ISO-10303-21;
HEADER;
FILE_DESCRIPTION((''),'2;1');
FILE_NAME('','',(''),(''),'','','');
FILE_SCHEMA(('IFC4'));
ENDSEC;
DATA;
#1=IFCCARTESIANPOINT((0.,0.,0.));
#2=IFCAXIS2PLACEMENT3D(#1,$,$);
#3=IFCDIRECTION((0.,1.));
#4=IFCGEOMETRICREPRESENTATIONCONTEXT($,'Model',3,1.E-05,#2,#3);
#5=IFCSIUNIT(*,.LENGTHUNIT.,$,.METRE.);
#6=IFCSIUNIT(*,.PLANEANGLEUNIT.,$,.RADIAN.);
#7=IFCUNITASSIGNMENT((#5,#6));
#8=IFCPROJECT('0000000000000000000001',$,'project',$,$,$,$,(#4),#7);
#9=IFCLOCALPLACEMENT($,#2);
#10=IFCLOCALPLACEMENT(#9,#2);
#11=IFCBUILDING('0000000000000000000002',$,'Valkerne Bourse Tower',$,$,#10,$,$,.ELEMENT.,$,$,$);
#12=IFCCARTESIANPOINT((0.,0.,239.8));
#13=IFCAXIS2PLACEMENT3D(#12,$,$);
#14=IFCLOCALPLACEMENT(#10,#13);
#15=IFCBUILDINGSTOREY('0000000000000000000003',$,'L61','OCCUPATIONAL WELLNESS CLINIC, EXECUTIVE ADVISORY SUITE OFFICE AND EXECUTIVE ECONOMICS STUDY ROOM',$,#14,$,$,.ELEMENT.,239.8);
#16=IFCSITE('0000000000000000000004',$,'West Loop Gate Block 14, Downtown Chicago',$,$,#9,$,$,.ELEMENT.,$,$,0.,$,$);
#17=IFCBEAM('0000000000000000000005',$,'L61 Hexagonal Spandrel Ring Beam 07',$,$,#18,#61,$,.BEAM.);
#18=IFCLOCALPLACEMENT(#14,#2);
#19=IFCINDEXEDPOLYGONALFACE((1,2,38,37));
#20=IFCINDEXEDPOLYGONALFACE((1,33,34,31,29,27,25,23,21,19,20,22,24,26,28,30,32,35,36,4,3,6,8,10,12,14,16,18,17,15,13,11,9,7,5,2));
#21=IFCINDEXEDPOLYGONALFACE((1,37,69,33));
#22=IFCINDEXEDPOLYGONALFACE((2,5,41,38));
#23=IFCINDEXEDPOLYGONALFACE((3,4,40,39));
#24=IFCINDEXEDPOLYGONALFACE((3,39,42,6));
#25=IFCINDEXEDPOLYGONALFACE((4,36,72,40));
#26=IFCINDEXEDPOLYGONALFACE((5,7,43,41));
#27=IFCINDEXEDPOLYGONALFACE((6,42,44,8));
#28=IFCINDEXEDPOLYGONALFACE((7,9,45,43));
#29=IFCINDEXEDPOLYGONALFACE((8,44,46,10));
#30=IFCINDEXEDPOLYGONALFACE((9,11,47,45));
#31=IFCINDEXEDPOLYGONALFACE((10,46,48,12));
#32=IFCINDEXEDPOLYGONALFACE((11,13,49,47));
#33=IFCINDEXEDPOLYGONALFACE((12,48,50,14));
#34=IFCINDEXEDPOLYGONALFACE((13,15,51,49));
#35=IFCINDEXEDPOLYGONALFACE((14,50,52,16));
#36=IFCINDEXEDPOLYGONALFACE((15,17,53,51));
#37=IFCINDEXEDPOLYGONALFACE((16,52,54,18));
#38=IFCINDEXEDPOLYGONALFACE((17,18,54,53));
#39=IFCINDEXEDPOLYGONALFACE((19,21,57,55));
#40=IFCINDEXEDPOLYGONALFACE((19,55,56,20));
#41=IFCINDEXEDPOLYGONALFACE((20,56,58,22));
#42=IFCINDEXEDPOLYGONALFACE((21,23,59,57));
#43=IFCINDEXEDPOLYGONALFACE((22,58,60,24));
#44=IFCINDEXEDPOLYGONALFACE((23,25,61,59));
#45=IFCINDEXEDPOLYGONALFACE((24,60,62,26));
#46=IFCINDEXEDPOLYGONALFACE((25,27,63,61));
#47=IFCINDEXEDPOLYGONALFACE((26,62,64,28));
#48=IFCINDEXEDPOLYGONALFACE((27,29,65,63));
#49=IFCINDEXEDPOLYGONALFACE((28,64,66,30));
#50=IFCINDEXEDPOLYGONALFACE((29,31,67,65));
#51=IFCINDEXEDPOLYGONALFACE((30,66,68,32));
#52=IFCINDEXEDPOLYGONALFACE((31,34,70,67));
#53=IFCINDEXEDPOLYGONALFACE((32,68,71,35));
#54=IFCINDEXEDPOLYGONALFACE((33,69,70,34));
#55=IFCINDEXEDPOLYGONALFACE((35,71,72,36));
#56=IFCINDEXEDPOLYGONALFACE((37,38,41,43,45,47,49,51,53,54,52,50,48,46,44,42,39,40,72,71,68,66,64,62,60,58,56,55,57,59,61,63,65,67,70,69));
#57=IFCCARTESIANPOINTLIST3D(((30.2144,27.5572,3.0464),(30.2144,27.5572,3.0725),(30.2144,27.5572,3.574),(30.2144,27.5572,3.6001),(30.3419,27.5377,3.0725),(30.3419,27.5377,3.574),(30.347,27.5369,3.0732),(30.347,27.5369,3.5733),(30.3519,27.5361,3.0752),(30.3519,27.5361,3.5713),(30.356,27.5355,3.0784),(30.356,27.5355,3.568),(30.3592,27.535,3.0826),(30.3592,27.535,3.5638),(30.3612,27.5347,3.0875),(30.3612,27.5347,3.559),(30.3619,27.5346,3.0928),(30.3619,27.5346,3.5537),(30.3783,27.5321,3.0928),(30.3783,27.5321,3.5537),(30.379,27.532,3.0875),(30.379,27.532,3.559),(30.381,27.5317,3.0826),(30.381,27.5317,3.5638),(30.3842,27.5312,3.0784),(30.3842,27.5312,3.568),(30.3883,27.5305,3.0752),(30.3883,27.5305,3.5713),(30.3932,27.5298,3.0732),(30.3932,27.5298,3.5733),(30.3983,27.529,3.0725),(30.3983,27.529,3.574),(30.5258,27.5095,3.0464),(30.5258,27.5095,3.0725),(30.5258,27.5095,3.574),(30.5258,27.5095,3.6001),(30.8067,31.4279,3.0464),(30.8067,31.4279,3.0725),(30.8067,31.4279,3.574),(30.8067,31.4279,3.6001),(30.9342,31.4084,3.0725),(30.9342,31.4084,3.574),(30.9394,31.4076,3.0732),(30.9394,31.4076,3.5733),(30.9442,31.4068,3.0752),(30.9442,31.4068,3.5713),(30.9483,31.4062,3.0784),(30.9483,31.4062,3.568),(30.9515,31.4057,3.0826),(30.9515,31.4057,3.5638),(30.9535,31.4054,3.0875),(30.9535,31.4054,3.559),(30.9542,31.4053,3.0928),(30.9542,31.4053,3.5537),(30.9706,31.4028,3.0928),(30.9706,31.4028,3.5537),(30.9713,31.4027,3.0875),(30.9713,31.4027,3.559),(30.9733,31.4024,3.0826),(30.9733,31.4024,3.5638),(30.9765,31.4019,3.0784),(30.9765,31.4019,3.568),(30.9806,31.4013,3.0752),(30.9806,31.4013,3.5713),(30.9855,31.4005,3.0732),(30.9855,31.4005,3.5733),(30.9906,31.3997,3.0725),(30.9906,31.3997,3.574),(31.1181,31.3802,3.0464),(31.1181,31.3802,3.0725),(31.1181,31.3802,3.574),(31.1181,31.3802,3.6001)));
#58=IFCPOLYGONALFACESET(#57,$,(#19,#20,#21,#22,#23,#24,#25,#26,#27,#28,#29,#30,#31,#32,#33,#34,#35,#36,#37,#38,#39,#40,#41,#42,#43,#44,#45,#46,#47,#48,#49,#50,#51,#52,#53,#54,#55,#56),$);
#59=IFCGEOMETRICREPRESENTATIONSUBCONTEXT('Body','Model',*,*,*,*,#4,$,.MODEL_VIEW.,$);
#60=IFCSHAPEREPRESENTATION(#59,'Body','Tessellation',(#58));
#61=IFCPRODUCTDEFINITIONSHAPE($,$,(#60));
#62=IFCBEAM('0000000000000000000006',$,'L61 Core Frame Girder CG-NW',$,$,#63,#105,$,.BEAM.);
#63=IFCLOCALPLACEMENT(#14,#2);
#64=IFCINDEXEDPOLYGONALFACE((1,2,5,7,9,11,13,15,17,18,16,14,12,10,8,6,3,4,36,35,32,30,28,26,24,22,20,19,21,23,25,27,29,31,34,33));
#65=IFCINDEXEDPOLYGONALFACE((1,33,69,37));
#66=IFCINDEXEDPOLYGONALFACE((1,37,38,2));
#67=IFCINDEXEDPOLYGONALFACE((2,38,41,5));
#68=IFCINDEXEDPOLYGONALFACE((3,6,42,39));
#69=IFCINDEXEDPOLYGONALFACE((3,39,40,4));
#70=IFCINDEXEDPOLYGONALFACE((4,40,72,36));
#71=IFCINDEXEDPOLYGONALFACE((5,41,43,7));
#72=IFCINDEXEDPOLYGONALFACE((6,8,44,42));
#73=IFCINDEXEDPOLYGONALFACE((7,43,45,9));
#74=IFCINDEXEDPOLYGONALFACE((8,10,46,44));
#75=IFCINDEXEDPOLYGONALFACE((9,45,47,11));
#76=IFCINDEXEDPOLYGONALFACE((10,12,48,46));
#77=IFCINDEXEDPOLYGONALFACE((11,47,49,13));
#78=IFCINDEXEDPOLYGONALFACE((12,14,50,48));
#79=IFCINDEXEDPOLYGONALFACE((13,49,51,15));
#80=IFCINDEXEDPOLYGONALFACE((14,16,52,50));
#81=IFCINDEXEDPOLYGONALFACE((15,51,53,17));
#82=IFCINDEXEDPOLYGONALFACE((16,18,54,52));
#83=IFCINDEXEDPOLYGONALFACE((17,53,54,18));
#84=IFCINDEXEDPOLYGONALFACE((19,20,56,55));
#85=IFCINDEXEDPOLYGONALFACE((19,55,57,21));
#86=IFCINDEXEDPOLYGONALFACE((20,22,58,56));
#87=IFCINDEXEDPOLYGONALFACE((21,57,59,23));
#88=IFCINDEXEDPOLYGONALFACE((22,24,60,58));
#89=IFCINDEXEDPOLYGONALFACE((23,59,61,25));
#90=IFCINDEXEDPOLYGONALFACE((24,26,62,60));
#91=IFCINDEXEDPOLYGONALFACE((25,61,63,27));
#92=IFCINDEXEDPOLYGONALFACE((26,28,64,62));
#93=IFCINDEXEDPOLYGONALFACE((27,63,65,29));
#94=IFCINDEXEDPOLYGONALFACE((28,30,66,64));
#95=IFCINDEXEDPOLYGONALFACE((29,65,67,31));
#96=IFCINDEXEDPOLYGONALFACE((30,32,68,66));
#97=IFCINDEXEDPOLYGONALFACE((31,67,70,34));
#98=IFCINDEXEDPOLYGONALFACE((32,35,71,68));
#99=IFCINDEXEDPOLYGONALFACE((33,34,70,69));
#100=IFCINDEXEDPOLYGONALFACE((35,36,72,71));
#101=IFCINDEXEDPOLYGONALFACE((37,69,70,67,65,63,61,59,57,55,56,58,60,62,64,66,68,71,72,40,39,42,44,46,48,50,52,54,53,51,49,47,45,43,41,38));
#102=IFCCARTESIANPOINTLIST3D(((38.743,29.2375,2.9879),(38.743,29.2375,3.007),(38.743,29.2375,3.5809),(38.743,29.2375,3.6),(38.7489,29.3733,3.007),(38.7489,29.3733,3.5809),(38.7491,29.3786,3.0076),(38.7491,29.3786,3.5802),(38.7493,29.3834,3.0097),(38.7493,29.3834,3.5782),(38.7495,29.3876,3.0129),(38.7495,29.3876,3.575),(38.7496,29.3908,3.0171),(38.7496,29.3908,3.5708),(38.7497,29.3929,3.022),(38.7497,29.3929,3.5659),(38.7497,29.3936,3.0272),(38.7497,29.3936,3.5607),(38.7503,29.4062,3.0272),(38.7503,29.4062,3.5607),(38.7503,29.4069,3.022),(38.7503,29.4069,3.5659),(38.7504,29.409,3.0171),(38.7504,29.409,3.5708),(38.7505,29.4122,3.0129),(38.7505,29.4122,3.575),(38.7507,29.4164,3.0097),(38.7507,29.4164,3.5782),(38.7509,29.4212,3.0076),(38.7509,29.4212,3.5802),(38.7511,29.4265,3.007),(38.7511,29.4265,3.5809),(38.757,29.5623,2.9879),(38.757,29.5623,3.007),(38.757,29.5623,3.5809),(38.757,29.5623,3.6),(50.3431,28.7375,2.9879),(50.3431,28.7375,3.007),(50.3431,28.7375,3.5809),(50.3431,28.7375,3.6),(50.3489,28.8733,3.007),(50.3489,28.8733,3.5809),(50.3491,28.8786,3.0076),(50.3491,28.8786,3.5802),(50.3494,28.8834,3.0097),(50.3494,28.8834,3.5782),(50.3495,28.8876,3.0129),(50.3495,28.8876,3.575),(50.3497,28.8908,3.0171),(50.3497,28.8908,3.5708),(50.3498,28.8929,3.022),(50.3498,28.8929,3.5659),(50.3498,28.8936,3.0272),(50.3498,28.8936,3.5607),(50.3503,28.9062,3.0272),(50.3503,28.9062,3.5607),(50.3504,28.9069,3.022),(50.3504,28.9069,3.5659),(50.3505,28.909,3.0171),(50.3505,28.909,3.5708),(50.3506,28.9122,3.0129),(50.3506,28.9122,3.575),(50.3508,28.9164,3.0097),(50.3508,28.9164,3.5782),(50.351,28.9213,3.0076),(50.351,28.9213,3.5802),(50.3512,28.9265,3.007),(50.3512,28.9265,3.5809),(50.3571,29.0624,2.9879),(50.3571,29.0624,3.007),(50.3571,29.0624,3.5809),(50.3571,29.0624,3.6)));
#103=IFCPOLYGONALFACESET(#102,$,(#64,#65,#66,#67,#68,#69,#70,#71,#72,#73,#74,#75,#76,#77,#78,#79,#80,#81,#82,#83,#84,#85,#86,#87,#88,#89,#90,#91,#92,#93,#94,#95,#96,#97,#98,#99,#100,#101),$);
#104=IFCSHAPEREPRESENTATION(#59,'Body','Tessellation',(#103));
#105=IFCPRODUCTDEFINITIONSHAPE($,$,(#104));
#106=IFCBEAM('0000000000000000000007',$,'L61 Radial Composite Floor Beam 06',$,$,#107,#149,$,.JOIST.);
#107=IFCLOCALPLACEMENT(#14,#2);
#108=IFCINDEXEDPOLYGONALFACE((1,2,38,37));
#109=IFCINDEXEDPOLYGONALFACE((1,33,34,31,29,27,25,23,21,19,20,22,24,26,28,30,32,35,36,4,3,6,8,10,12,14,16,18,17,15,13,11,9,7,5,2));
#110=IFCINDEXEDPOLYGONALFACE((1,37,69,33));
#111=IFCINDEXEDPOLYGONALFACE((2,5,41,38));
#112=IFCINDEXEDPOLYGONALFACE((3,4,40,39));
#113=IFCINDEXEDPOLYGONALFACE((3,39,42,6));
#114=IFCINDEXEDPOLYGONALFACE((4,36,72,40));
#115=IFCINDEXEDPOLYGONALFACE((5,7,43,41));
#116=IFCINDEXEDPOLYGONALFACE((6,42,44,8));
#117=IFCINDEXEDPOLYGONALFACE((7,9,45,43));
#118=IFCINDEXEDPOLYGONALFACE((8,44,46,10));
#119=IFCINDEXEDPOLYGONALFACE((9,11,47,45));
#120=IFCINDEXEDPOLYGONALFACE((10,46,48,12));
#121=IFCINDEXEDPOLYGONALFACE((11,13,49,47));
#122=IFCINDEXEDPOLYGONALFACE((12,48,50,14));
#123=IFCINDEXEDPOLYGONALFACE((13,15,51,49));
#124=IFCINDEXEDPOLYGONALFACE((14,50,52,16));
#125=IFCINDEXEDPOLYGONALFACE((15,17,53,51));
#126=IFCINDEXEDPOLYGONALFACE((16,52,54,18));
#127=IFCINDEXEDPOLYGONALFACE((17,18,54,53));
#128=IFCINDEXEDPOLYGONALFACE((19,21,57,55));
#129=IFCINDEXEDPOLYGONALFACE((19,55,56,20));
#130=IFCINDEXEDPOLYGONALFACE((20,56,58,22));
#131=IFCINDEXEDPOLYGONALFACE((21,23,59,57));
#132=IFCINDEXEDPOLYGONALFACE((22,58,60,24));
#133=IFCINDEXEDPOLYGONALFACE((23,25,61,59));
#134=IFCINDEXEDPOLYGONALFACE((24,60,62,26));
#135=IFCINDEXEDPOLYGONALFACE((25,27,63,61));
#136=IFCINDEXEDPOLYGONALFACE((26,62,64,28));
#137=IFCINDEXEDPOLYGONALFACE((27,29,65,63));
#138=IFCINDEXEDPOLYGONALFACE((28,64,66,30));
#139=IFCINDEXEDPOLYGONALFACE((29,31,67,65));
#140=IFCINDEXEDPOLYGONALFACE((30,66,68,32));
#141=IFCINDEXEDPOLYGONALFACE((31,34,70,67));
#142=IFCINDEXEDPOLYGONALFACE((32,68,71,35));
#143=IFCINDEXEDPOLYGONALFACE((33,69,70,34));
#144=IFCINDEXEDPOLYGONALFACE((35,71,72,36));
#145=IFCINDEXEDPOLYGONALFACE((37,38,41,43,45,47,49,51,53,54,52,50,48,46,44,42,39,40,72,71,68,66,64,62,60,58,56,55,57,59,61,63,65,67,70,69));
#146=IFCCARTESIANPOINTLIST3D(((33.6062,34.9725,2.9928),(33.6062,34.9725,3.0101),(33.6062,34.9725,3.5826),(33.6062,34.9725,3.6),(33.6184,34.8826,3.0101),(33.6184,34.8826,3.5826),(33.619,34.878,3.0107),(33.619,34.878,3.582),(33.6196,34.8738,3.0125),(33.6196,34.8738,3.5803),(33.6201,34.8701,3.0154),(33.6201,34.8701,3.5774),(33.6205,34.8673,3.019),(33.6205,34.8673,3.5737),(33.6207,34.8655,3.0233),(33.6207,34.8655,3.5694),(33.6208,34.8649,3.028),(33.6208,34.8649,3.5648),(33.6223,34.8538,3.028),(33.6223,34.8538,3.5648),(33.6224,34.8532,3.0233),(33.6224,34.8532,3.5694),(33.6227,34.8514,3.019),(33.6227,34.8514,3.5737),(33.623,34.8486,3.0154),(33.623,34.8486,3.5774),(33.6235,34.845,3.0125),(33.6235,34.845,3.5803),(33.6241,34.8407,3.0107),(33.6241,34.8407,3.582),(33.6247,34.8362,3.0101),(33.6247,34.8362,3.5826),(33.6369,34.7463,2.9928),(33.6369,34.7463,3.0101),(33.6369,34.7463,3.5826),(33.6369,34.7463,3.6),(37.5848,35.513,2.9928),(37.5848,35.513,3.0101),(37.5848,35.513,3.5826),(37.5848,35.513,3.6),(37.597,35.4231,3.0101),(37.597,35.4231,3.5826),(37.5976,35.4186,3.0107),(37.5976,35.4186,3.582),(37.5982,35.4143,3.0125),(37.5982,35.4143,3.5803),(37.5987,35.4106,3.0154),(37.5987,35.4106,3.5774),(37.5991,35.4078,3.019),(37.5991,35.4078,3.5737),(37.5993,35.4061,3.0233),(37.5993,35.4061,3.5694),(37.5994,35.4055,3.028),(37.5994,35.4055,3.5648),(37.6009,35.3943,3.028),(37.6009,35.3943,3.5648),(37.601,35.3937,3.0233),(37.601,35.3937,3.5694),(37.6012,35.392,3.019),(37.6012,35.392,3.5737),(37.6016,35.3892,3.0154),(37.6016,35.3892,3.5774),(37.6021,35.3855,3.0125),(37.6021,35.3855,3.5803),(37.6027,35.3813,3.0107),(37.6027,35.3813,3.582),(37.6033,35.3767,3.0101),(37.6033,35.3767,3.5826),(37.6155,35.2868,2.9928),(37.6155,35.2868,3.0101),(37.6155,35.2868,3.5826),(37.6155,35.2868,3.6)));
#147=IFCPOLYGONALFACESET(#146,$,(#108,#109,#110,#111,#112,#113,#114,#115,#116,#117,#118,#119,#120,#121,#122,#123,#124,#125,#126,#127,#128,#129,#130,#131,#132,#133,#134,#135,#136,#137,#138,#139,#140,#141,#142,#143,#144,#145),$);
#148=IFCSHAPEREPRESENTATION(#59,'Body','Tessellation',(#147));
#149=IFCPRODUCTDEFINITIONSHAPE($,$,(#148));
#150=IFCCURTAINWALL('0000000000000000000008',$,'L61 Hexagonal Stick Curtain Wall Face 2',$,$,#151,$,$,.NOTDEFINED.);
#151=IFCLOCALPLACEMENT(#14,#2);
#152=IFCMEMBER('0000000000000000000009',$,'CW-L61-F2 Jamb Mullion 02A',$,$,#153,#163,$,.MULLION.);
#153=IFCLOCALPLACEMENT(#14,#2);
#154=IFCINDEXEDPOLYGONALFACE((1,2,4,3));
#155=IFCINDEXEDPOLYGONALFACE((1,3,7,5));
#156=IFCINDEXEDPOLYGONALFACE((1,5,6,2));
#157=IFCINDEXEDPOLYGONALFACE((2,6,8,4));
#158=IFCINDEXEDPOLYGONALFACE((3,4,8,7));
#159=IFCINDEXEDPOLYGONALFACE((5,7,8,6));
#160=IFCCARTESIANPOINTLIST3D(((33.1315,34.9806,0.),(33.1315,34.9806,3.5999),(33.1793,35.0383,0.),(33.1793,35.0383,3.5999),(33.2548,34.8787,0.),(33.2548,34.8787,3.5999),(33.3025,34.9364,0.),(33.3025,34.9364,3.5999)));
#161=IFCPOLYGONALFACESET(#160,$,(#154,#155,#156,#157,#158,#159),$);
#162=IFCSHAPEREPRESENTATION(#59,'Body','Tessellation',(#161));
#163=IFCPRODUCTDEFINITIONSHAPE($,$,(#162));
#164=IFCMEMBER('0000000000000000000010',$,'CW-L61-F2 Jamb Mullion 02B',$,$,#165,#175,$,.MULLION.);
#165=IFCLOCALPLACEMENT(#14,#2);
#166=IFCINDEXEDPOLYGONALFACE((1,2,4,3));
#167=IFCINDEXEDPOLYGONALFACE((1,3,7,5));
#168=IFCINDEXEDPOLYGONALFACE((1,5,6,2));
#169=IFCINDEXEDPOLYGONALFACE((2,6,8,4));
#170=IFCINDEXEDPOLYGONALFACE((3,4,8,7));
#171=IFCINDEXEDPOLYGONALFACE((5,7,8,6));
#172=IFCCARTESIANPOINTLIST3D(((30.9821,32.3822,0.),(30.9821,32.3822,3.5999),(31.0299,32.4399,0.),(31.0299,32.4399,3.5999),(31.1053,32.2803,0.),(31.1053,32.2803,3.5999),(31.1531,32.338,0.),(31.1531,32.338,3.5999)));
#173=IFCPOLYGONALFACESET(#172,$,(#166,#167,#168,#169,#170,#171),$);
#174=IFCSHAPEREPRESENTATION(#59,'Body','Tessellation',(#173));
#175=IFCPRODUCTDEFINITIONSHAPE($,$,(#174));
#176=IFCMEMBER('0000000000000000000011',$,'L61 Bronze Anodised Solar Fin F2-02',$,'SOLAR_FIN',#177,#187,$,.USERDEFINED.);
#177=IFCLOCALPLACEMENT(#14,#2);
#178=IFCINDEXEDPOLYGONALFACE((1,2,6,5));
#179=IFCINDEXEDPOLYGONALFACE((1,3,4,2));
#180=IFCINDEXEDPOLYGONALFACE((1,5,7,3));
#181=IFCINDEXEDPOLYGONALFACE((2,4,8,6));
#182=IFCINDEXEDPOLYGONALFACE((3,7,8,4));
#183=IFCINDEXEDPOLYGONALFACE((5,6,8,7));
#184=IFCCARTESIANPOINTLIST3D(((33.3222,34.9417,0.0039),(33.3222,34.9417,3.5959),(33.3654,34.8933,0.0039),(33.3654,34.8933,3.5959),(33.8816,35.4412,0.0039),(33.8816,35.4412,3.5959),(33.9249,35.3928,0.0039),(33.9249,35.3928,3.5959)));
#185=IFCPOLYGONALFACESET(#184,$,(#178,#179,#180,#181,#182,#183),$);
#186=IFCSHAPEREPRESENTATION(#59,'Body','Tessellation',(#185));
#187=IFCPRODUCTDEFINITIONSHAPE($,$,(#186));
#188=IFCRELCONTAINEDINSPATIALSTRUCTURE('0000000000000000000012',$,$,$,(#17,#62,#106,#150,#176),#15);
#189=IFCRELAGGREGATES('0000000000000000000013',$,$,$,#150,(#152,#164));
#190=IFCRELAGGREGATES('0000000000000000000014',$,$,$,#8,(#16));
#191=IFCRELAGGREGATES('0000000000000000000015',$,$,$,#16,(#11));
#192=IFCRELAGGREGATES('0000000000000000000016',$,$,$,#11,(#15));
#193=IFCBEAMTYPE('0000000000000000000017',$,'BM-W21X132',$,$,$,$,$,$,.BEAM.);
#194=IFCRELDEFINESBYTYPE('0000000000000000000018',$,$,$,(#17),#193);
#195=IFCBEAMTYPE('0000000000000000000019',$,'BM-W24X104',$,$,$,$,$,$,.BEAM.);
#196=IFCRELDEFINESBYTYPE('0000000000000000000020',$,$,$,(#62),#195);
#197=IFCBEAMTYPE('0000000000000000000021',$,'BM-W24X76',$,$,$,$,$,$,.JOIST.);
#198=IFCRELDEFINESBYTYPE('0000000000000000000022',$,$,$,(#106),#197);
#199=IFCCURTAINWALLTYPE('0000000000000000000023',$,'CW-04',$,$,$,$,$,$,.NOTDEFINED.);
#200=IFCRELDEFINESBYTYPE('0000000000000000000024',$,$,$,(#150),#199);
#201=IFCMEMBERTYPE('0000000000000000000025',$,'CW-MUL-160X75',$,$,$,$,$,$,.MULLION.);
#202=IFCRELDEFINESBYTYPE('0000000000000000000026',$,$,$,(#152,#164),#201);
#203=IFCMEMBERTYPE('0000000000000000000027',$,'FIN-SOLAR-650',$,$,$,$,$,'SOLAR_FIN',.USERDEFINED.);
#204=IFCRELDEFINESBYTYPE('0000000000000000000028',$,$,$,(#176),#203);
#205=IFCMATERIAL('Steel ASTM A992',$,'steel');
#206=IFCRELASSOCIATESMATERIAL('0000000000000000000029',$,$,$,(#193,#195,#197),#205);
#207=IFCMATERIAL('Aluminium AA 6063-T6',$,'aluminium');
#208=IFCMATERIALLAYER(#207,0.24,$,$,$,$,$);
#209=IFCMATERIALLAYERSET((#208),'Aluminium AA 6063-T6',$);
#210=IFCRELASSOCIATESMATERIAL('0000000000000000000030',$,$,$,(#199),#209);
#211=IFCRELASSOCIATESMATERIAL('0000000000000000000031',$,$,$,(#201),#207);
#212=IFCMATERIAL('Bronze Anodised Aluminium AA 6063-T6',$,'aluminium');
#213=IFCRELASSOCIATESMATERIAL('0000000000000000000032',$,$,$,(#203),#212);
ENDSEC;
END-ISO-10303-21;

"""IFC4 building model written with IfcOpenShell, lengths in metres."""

from ifc_helpers import new_model, si_unit, direction, frame, origin, origin_2d, place, context, subcontext, project, spatial, rectangle, i_section, extrude, material, layer, layer_set, material_profile, profile_set, type_object, element, aggregate, save


model = new_model("IFC4")

# Units and contexts
model_context = context("Model", 3, precision=1e-05, world=origin(), true_north=direction((0.0, 1.0)))
body_context = subcontext(model_context, "Body", "Model", "MODEL_VIEW")
ifc_project = project(units=[si_unit("LENGTHUNIT", "METRE"), si_unit("PLANEANGLEUNIT", "RADIAN")], contexts=[model_context])

# Site, building, storey
site_placement = place(None, origin())
site = spatial("IfcSite", under=ifc_project, at=site_placement, Name="West Loop Gate Block 14, Downtown Chicago", CompositionType="ELEMENT", RefElevation=0.0)
building_placement = place(site_placement, origin())
building = spatial("IfcBuilding", under=site, at=building_placement, Name="Valkerne Bourse Tower", CompositionType="ELEMENT")
storey_placement = place(building_placement, frame((0.0, 0.0, 239.8)))
storey = spatial("IfcBuildingStorey", under=building, at=storey_placement, Name="L61", Description="OCCUPATIONAL WELLNESS CLINIC, EXECUTIVE ADVISORY SUITE OFFICE AND EXECUTIVE ECONOMICS STUDY ROOM", CompositionType="ELEMENT", Elevation=239.8)

# Beams
ifc_material_1 = material(Name="Steel ASTM A992", Category="steel")
ifc_material_profile_1 = material_profile(ifc_material_1, i_section(OverallWidth=0.3149, OverallDepth=0.5537, WebThickness=0.0166, FlangeThickness=0.0261, FilletRadius=0.0203, at=origin_2d()), Name="W21X132")
ifc_profile_set_1 = profile_set([ifc_material_profile_1], Name="Steel ASTM A992")
beam_type_1 = type_object("IfcBeamType", Name="BM-W21X132", PredefinedType="BEAM", material=ifc_profile_set_1)
beam_1_placement = place(storey_placement, frame((30.9624, 31.4041, 3.3232), z_axis=(-0.151261, -0.988494, 0.0), x_axis=(0.988494, -0.151261, 0.0)))
element("IfcBeam", 1, at=beam_1_placement, inside=storey, type_object=beam_type_1, Name="L61 Hexagonal Spandrel Ring Beam 07", PredefinedType="BEAM", context=body_context, shape_type="SweptSolid", body=[
    extrude(i_section(OverallWidth=0.3149, OverallDepth=0.5537, WebThickness=0.0166, FlangeThickness=0.0261, FilletRadius=0.0203, at=origin_2d()), origin(), (0.0, 0.0, 1.0), 3.9158),
])
ifc_material_profile_2 = material_profile(ifc_material_1, i_section(OverallWidth=0.3252, OverallDepth=0.6121, WebThickness=0.0127, FlangeThickness=0.019, FilletRadius=0.0203, at=origin_2d()), Name="W24X104")
ifc_profile_set_2 = profile_set([ifc_material_profile_2], Name="Steel ASTM A992")
beam_type_2 = type_object("IfcBeamType", Name="BM-W24X104", PredefinedType="BEAM", material=ifc_profile_set_2)
beam_2_placement = place(storey_placement, frame((38.75, 29.3999, 3.2939), z_axis=(0.999072, -0.043063, 0.0), x_axis=(0.043063, 0.999072, 0.0)))
element("IfcBeam", 2, at=beam_2_placement, inside=storey, type_object=beam_type_2, Name="L61 Core Frame Girder CG-NW", PredefinedType="BEAM", context=body_context, shape_type="SweptSolid", body=[
    extrude(i_section(OverallWidth=0.3252, OverallDepth=0.6121, WebThickness=0.0127, FlangeThickness=0.019, FilletRadius=0.0203, at=origin_2d()), origin(), (0.0, 0.0, 1.0), 11.6108),
])
ifc_material_profile_3 = material_profile(ifc_material_1, i_section(OverallWidth=0.2283, OverallDepth=0.6072, WebThickness=0.0112, FlangeThickness=0.0173, FilletRadius=0.0178, at=origin_2d()), Name="W24X76")
ifc_profile_set_3 = profile_set([ifc_material_profile_3], Name="Steel ASTM A992")
beam_type_3 = type_object("IfcBeamType", Name="BM-W24X76", PredefinedType="JOIST", material=ifc_profile_set_3)
beam_3_placement = place(storey_placement, frame((33.6216, 34.8594, 3.2964), z_axis=(0.990897, 0.134625, 0.0), x_axis=(-0.134625, 0.990897, 0.0)))
element("IfcBeam", 3, at=beam_3_placement, inside=storey, type_object=beam_type_3, Name="L61 Radial Composite Floor Beam 06", PredefinedType="JOIST", context=body_context, shape_type="SweptSolid", body=[
    extrude(i_section(OverallWidth=0.2283, OverallDepth=0.6072, WebThickness=0.0112, FlangeThickness=0.0173, FilletRadius=0.0178, at=origin_2d()), origin(), (0.0, 0.0, 1.0), 4.0151),
])

# Curtain wall, members
ifc_material_2 = material(Name="Aluminium AA 6063-T6", Category="aluminium")
ifc_layer_1 = layer(ifc_material_2, 0.24)
ifc_layer_set_1 = layer_set([ifc_layer_1], Name="Aluminium AA 6063-T6")
curtain_wall_type = type_object("IfcCurtainWallType", Name="CW-04", PredefinedType="NOTDEFINED", material=ifc_layer_set_1)
curtain_wall_placement = place(storey_placement, origin())
curtain_wall = element("IfcCurtainWall", 4, at=curtain_wall_placement, inside=storey, type_object=curtain_wall_type, Name="L61 Hexagonal Stick Curtain Wall Face 2", PredefinedType="NOTDEFINED")
ifc_material_profile_4 = material_profile(ifc_material_2, rectangle(XDim=0.075, YDim=0.1599, at=origin_2d()), Name="CWM-75X160")
ifc_profile_set_4 = profile_set([ifc_material_profile_4], Name="Aluminium AA 6063-T6")
member_type_1 = type_object("IfcMemberType", Name="CW-MUL-160X75", PredefinedType="MULLION", material=ifc_profile_set_4)
member_1_placement = place(storey_placement, frame((33.217, 34.9585, 0.0), z_axis=(0.0, 0.0, 1.0), x_axis=(-0.637434, -0.770505, 0.0)))
member_1 = element("IfcMember", 5, at=member_1_placement, type_object=member_type_1, Name="CW-L61-F2 Jamb Mullion 02A", PredefinedType="MULLION", context=body_context, shape_type="SweptSolid", body=[
    extrude(rectangle(XDim=0.075, YDim=0.1599, at=origin_2d()), origin(), (0.0, 0.0, 1.0), 3.5999),
])
member_2_placement = place(storey_placement, frame((31.0676, 32.3601, 0.0), z_axis=(0.0, 0.0, 1.0), x_axis=(-0.637434, -0.770505, 0.0)))
member_2 = element("IfcMember", 6, at=member_2_placement, type_object=member_type_1, Name="CW-L61-F2 Jamb Mullion 02B", PredefinedType="MULLION", context=body_context, shape_type="SweptSolid", body=[
    extrude(rectangle(XDim=0.075, YDim=0.1599, at=origin_2d()), origin(), (0.0, 0.0, 1.0), 3.5999),
])

# Member
ifc_material_3 = material(Name="Bronze Anodised Aluminium AA 6063-T6", Category="aluminium")
ifc_material_profile_5 = material_profile(ifc_material_3, rectangle(XDim=0.0649, YDim=0.75, at=origin_2d()), Name="FIN-65X750")
ifc_profile_set_5 = profile_set([ifc_material_profile_5], Name="Bronze Anodised Aluminium AA 6063-T6")
member_type_2 = type_object("IfcMemberType", Name="FIN-SOLAR-650", ElementType="SOLAR_FIN", PredefinedType="USERDEFINED", material=ifc_profile_set_5)
member_3_placement = place(storey_placement, frame((33.6235, 35.1672, 0.0039), z_axis=(0.0, 0.0, 1.0), x_axis=(-0.66602, 0.745934, 0.0)))
element("IfcMember", 7, at=member_3_placement, inside=storey, type_object=member_type_2, Name="L61 Bronze Anodised Solar Fin F2-02", ObjectType="SOLAR_FIN", PredefinedType="USERDEFINED", context=body_context, shape_type="SweptSolid", body=[
    extrude(rectangle(XDim=0.0649, YDim=0.75, at=origin_2d()), origin(), (0.0, 0.0, 1.0), 3.592),
])

aggregate(curtain_wall, [member_1, member_2])

save(model, "model.ifc")
